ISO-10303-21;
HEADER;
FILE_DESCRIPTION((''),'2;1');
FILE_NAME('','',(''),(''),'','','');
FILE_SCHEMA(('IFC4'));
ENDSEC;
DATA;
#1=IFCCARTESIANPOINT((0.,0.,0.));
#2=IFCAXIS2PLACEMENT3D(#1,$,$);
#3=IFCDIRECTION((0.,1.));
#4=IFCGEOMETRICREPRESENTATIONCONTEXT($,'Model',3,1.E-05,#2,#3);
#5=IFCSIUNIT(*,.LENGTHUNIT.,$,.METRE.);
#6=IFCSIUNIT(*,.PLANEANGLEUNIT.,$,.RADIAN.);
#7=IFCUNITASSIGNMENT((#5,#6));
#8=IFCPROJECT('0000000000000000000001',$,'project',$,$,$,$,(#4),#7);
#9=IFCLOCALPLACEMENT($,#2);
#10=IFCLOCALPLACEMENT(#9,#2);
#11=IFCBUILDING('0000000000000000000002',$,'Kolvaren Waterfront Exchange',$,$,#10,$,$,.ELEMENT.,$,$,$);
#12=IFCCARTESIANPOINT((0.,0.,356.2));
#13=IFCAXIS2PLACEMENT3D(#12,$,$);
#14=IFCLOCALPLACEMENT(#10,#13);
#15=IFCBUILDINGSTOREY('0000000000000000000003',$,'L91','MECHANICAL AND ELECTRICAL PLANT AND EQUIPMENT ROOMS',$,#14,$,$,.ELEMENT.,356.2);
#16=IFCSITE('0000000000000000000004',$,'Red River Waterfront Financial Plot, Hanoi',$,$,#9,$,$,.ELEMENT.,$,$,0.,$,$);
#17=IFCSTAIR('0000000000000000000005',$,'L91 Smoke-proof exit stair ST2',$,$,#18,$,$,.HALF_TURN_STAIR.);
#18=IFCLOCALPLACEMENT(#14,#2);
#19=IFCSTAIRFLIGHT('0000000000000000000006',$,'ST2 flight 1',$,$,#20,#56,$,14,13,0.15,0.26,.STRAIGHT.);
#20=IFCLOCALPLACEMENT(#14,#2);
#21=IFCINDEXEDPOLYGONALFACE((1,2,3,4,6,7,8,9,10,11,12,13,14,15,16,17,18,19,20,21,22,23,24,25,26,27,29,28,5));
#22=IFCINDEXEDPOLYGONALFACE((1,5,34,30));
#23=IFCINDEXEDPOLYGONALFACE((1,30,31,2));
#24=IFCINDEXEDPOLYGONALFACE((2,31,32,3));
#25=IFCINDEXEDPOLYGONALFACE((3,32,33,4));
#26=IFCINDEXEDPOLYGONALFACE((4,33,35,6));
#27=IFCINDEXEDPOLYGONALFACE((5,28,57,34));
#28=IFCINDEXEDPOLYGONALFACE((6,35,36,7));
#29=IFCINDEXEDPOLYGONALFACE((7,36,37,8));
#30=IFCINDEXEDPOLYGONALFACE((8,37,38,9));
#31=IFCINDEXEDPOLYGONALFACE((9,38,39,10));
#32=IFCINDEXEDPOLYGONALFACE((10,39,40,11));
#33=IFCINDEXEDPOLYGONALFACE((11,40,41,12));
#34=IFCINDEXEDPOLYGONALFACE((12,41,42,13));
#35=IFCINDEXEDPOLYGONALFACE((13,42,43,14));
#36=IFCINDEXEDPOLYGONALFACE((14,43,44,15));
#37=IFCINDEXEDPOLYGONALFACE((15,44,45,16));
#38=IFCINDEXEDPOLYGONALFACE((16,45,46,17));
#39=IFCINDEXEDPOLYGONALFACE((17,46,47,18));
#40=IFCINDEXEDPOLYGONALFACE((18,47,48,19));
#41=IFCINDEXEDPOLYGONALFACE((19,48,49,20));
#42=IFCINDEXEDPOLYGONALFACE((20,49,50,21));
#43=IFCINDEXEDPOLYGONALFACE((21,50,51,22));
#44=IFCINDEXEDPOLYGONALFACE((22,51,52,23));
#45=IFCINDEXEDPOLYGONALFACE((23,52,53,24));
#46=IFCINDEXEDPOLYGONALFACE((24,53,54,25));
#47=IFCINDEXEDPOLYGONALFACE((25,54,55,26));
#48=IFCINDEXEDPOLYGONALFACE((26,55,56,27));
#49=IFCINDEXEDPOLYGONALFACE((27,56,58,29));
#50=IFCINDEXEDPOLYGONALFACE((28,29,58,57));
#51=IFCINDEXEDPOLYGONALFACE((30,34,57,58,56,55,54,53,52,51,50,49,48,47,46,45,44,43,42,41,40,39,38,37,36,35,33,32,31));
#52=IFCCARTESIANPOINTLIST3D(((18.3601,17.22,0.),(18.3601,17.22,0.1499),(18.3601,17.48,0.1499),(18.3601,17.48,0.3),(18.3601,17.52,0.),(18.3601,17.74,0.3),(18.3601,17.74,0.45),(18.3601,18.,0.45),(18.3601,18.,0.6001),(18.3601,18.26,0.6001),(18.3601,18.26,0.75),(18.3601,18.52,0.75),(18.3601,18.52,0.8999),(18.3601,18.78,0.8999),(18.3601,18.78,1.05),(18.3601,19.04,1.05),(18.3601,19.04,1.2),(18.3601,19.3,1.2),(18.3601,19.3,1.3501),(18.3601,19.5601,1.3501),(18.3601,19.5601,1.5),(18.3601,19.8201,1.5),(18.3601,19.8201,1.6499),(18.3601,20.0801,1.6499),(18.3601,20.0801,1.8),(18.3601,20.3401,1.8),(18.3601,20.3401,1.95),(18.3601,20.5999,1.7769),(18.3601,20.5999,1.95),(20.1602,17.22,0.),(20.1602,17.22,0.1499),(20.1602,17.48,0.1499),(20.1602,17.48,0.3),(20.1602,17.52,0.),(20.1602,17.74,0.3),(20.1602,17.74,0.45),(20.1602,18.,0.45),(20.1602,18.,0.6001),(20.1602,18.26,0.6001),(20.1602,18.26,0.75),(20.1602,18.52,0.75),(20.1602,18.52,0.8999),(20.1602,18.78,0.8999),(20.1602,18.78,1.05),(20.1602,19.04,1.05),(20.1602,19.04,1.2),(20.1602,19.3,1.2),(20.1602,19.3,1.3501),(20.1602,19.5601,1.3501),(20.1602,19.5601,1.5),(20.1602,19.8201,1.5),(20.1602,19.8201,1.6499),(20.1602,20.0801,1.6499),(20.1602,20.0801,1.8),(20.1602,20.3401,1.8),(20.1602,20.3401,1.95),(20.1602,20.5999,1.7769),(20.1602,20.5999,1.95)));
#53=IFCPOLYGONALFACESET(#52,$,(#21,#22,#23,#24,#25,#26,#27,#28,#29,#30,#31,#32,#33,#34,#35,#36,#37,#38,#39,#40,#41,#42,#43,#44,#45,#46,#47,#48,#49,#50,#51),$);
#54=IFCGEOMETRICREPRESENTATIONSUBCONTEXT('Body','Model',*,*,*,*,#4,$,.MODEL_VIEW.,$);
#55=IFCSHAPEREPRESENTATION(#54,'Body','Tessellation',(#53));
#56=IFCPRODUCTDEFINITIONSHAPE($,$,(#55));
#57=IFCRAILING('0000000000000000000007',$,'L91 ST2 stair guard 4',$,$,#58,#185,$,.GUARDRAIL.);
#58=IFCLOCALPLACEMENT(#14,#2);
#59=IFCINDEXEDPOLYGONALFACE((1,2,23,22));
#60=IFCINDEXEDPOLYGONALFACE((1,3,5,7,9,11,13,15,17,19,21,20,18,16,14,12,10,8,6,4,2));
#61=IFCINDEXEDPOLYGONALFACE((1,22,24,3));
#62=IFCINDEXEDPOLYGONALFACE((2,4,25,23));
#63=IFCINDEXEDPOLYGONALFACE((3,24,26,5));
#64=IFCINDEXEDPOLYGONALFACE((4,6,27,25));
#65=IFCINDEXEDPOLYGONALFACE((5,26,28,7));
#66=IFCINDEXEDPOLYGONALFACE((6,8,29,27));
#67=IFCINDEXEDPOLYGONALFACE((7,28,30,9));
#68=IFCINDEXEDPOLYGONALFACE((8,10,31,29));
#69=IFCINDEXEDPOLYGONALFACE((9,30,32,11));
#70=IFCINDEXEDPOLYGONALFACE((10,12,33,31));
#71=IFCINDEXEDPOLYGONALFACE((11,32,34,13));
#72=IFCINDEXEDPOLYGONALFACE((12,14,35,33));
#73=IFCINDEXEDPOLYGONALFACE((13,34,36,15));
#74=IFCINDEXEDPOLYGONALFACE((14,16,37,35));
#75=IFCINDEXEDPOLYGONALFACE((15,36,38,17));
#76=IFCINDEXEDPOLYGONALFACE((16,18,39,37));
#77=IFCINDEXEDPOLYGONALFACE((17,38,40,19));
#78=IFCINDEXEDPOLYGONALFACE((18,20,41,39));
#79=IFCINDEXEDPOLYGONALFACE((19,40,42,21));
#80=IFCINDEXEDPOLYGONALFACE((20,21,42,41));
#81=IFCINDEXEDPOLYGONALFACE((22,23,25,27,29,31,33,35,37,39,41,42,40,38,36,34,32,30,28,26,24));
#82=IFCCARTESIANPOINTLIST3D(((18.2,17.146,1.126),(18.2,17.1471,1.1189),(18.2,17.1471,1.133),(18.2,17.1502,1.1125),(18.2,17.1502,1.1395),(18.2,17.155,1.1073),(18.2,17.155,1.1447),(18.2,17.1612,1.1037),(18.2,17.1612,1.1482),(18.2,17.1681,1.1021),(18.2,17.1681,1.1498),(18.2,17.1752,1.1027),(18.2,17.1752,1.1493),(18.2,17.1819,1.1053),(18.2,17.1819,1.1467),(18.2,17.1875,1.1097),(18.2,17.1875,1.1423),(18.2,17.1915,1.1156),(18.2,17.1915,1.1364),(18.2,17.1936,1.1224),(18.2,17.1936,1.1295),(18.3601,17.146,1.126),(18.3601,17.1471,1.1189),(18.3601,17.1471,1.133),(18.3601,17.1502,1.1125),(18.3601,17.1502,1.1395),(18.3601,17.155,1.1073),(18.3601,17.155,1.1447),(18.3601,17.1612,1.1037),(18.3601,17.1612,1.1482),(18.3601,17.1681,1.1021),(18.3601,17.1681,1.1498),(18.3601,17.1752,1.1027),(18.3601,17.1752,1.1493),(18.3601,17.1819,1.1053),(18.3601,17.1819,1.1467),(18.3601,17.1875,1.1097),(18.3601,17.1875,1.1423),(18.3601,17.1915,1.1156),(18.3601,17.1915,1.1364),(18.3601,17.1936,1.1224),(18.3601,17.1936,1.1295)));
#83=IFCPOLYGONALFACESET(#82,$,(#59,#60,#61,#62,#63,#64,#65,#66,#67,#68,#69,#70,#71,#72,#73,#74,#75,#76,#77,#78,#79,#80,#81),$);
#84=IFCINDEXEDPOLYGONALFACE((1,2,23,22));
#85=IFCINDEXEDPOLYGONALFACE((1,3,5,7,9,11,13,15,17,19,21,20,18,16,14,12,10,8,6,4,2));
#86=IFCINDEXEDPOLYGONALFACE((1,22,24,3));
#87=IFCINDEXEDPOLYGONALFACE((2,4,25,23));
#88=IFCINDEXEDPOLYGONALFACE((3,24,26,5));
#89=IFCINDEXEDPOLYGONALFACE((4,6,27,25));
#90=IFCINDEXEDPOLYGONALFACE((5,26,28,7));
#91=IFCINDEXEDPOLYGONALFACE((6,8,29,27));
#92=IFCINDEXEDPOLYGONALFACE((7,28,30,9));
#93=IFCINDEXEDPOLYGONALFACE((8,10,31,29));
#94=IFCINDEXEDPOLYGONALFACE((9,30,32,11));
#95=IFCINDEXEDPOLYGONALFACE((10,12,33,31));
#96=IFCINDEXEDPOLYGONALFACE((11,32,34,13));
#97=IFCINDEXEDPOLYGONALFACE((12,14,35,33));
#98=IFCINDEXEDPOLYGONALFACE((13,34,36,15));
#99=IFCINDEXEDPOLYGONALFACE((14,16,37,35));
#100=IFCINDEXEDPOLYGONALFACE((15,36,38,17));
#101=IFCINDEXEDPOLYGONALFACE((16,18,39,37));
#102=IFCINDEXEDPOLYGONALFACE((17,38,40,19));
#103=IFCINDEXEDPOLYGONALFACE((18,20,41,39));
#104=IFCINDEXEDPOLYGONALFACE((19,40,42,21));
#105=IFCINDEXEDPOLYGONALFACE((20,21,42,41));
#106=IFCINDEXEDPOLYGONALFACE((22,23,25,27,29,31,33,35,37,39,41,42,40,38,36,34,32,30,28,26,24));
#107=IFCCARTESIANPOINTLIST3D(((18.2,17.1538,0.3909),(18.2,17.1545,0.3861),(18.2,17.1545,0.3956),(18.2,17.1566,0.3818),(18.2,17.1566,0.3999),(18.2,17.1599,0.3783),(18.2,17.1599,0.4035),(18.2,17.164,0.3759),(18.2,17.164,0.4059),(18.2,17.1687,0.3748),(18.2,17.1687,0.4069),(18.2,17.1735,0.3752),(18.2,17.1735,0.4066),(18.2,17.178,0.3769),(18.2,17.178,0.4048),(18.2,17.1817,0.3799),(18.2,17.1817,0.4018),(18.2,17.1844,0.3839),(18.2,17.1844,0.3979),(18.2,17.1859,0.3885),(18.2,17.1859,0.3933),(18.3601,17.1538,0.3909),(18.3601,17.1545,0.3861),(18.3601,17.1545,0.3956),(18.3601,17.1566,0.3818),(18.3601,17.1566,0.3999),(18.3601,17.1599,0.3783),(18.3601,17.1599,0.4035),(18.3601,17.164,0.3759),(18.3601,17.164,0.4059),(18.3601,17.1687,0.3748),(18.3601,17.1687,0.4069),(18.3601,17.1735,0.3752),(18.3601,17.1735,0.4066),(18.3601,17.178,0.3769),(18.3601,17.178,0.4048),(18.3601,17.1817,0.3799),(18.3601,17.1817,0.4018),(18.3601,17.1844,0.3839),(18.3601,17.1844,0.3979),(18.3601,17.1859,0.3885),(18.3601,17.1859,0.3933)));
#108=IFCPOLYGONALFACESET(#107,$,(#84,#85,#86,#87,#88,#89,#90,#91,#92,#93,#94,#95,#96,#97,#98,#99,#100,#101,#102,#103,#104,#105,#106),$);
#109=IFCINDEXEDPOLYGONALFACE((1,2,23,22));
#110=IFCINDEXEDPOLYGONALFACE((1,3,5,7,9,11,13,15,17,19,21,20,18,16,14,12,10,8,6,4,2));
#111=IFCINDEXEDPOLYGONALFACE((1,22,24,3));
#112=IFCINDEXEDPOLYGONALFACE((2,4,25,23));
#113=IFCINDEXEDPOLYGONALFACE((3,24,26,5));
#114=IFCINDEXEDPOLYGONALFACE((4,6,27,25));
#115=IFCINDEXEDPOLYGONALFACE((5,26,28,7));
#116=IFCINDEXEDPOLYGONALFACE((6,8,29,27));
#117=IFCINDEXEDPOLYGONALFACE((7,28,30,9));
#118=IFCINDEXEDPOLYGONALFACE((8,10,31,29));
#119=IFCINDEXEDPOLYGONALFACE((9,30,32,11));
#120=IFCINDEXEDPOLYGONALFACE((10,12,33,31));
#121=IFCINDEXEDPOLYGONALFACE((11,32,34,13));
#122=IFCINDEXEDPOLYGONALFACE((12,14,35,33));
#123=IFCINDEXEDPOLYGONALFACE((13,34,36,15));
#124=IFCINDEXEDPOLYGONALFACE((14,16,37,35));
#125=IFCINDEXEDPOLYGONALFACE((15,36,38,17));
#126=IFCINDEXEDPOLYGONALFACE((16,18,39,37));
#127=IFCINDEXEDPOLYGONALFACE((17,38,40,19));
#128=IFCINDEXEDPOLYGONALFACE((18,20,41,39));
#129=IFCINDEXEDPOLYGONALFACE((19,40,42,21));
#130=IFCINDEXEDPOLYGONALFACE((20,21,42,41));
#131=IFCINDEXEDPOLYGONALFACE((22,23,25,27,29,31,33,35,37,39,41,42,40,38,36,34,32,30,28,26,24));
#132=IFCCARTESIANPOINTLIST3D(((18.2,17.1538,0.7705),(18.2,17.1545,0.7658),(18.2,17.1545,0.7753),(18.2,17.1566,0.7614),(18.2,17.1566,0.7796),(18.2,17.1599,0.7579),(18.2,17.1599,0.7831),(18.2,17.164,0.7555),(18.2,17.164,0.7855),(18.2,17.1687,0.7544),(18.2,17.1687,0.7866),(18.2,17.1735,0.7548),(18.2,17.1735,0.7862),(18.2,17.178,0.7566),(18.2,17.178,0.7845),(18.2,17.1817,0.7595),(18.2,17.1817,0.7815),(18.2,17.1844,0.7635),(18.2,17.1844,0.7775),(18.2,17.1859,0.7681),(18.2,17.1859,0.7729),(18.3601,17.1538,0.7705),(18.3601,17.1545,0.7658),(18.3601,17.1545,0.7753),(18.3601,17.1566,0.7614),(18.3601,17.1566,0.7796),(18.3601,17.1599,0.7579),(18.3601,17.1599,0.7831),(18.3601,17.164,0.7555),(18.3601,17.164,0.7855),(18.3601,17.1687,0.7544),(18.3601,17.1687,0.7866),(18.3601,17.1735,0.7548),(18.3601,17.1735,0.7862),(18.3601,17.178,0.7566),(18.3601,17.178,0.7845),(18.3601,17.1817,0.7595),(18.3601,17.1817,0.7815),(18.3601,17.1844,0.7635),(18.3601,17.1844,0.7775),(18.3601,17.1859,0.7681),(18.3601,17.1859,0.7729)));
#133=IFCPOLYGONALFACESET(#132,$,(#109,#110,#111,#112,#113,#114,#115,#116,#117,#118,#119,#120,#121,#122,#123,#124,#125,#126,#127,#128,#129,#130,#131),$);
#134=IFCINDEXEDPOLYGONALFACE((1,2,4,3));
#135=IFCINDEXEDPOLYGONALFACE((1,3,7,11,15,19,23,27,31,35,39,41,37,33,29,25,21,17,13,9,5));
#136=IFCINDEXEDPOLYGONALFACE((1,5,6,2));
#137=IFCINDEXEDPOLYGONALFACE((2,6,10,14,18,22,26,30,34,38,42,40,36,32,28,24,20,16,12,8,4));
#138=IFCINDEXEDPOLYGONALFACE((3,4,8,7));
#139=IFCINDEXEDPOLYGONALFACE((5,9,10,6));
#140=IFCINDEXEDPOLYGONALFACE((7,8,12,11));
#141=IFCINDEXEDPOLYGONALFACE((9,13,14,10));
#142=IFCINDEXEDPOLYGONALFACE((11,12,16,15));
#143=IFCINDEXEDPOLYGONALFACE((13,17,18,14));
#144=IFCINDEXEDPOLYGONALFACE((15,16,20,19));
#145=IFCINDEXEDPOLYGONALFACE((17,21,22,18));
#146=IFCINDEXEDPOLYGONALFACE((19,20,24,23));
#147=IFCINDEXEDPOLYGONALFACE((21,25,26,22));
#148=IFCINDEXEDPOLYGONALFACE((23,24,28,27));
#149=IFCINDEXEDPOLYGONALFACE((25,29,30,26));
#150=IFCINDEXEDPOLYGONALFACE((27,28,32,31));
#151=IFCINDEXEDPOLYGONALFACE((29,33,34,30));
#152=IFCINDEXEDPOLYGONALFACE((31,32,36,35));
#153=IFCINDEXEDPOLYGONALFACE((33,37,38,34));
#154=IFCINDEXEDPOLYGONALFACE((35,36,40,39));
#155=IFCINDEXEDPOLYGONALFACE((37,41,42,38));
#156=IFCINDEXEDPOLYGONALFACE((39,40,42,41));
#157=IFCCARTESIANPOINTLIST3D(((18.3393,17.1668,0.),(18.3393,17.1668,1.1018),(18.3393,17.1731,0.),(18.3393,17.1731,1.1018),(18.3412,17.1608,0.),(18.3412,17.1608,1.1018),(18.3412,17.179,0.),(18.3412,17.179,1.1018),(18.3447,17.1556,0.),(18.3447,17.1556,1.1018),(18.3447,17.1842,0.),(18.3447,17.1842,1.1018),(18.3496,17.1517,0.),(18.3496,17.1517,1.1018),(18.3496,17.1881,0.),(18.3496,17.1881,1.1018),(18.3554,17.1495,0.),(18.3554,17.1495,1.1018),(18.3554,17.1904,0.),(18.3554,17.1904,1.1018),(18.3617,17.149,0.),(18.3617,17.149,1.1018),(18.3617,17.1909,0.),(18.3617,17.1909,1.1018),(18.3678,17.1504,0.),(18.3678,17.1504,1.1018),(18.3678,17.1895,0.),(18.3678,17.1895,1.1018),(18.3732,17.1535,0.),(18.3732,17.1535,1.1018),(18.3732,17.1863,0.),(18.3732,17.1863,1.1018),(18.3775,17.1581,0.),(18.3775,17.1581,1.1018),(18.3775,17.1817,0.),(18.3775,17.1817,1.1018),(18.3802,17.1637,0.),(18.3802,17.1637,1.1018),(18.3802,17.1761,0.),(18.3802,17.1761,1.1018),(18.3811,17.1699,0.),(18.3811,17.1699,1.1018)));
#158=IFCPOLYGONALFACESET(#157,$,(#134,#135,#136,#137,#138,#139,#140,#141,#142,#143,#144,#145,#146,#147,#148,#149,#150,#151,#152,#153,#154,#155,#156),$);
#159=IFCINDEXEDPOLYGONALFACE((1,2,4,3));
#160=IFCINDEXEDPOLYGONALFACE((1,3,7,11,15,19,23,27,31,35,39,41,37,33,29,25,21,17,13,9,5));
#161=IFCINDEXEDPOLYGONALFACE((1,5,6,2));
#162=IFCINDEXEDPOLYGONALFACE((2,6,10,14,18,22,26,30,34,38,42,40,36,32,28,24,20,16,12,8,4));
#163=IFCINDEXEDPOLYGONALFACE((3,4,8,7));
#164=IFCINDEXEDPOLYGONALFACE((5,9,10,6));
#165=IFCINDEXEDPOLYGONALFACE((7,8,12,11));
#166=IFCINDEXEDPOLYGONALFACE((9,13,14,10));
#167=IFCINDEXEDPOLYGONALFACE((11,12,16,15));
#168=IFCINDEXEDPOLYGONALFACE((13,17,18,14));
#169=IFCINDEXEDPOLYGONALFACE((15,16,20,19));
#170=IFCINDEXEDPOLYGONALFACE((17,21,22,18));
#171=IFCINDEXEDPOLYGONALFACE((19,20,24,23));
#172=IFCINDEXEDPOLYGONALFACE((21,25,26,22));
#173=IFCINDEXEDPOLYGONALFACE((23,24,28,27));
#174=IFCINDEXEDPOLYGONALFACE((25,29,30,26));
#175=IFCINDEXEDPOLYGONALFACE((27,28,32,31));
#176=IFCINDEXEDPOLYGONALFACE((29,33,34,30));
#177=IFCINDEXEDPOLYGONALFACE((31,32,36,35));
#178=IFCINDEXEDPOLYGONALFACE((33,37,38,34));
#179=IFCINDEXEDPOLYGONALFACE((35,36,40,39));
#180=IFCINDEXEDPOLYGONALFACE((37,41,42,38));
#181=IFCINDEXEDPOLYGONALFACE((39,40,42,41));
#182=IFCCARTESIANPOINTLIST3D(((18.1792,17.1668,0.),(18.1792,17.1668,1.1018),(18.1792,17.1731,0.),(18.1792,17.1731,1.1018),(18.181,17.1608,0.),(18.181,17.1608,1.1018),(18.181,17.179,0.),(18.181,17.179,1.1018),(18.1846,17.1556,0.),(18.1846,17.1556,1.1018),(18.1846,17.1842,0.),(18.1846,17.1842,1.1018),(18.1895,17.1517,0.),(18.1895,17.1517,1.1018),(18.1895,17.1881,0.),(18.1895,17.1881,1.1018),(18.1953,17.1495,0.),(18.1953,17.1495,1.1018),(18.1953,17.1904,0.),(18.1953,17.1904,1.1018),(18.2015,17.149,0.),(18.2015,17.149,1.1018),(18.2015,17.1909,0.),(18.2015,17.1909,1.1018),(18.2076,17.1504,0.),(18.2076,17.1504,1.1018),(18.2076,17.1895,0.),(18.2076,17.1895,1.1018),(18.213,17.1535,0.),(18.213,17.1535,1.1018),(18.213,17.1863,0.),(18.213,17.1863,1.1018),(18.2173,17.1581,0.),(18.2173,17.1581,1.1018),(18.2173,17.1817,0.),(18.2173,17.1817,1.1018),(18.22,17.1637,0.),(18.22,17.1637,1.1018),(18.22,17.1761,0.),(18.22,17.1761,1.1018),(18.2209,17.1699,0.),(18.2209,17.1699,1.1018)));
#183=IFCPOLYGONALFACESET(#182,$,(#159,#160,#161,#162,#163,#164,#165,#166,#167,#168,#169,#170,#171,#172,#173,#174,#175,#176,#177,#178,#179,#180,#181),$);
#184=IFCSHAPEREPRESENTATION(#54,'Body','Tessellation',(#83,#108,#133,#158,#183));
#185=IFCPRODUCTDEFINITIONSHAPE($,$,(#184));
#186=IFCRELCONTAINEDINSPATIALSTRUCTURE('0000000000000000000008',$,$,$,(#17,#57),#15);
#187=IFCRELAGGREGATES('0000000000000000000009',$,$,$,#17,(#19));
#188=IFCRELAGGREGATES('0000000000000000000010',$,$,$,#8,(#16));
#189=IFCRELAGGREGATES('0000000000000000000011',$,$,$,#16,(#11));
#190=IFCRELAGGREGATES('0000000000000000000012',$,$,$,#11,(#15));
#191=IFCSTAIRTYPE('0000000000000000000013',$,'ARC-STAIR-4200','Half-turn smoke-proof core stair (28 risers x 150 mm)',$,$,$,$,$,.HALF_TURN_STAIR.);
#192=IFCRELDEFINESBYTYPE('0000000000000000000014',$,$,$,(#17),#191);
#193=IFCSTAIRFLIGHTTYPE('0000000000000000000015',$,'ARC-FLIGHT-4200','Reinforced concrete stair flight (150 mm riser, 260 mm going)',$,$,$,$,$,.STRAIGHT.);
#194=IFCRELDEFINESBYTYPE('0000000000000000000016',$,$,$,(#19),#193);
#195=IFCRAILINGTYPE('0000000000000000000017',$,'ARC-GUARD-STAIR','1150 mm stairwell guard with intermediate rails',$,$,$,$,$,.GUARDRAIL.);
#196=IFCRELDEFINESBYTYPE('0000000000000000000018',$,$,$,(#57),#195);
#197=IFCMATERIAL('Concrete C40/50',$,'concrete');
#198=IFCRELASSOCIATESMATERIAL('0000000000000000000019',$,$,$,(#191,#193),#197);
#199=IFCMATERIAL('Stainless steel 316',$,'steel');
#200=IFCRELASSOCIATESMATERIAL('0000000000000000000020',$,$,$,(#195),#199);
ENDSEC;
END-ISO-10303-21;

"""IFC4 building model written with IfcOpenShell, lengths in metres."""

from ifc_helpers import new_model, si_unit, direction, frame, origin, origin_2d, place, context, subcontext, project, spatial, polyline, circle, outline, extrude, material, type_object, element, aggregate, save


model = new_model("IFC4")

# Units and contexts
model_context = context("Model", 3, precision=1e-05, world=origin(), true_north=direction((0.0, 1.0)))
body_context = subcontext(model_context, "Body", "Model", "MODEL_VIEW")
ifc_project = project(units=[si_unit("LENGTHUNIT", "METRE"), si_unit("PLANEANGLEUNIT", "RADIAN")], contexts=[model_context])

# Site, building, storey
site_placement = place(None, origin())
site = spatial("IfcSite", under=ifc_project, at=site_placement, Name="Red River Waterfront Financial Plot, Hanoi", CompositionType="ELEMENT", RefElevation=0.0)
building_placement = place(site_placement, origin())
building = spatial("IfcBuilding", under=site, at=building_placement, Name="Kolvaren Waterfront Exchange", CompositionType="ELEMENT")
storey_placement = place(building_placement, frame((0.0, 0.0, 356.2)))
storey = spatial("IfcBuildingStorey", under=building, at=storey_placement, Name="L91", Description="MECHANICAL AND ELECTRICAL PLANT AND EQUIPMENT ROOMS", CompositionType="ELEMENT", Elevation=356.2)

# Stair, stair flight
ifc_material_1 = material(Name="Concrete C40/50", Category="concrete")
stair_type = type_object("IfcStairType", Name="ARC-STAIR-4200", Description="Half-turn smoke-proof core stair (28 risers x 150 mm)", PredefinedType="HALF_TURN_STAIR", material=ifc_material_1)
stair_placement = place(storey_placement, origin())
stair = element("IfcStair", 1, at=stair_placement, inside=storey, type_object=stair_type, Name="L91 Smoke-proof exit stair ST2", PredefinedType="HALF_TURN_STAIR")
stair_flight_type = type_object("IfcStairFlightType", Name="ARC-FLIGHT-4200", Description="Reinforced concrete stair flight (150 mm riser, 260 mm going)", PredefinedType="STRAIGHT", material=ifc_material_1)
stair_flight_placement = place(storey_placement, frame((19.26, 17.22, 0.0), z_axis=(0.0, 0.0, 1.0), x_axis=(0.0, 1.0, 0.0)))
stair_flight = element("IfcStairFlight", 2, at=stair_flight_placement, type_object=stair_flight_type, Name="ST2 flight 1", NumberOfRisers=14, NumberOfTreads=13, PredefinedType="STRAIGHT", RiserHeight=0.15, TreadLength=0.26, context=body_context, shape_type="SweptSolid", body=[
    extrude(outline(polyline([(0.0, 0.0), (0.0, 0.1499), (0.26, 0.1499), (0.26, 0.3), (0.52, 0.3), (0.52, 0.45), (0.78, 0.45), (0.78, 0.6001), (1.04, 0.6001), (1.04, 0.75), (1.3, 0.75), (1.3, 0.8999), (1.5601, 0.8999), (1.5601, 1.05), (1.8201, 1.05), (1.8201, 1.2), (2.0801, 1.2), (2.0801, 1.3501), (2.3401, 1.3501), (2.3401, 1.5), (2.6001, 1.5), (2.6001, 1.6499), (2.8601, 1.6499), (2.8601, 1.8), (3.1201, 1.8), (3.1201, 1.95), (3.3799, 1.95), (3.3799, 2.1001), (3.3799, 1.7769), (0.3, 0.0), (0.0, 0.0)])), frame((0.0, 0.8999, 0.0), z_axis=(0.0, -1.0, 0.0), x_axis=(1.0, 0.0, 0.0)), (0.0, 0.0, 1.0), 1.8),
])
aggregate(stair, [stair_flight])

# Railing
ifc_material_2 = material(Name="Stainless steel 316", Category="steel")
railing_type_1 = type_object("IfcRailingType", Name="ARC-GUARD-STAIR", Description="1150 mm stairwell guard with intermediate rails", PredefinedType="GUARDRAIL", material=ifc_material_2)
railing_1_placement = place(storey_placement, frame((18.3601, 17.1699, 0.0)))
element("IfcRailing", 3, at=railing_1_placement, inside=storey, type_object=railing_type_1, Name="L91 ST2 stair guard 4", PredefinedType="GUARDRAIL", context=body_context, shape_type="SweptSolid", body=[
    extrude(circle(Radius=0.0239, at=origin_2d()), frame((0.0, 0.0, 1.126), z_axis=(-1.0, 0.0, 0.0), x_axis=(0.0, -1.0, 0.0)), (0.0, 0.0, 1.0), 0.1602),
    extrude(circle(Radius=0.0161, at=origin_2d()), frame((0.0, 0.0, 0.3909), z_axis=(-1.0, 0.0, 0.0), x_axis=(0.0, -1.0, 0.0)), (0.0, 0.0, 1.0), 0.1602),
    extrude(circle(Radius=0.0161, at=origin_2d()), frame((0.0, 0.0, 0.7705), z_axis=(-1.0, 0.0, 0.0), x_axis=(0.0, -1.0, 0.0)), (0.0, 0.0, 1.0), 0.1602),
    extrude(circle(Radius=0.021, at=origin_2d()), origin(), (0.0, 0.0, 1.0), 1.1018),
    extrude(circle(Radius=0.021, at=origin_2d()), frame((-0.1602, 0.0, 0.0)), (0.0, 0.0, 1.0), 1.1018),
])

save(model, "model.ifc")
